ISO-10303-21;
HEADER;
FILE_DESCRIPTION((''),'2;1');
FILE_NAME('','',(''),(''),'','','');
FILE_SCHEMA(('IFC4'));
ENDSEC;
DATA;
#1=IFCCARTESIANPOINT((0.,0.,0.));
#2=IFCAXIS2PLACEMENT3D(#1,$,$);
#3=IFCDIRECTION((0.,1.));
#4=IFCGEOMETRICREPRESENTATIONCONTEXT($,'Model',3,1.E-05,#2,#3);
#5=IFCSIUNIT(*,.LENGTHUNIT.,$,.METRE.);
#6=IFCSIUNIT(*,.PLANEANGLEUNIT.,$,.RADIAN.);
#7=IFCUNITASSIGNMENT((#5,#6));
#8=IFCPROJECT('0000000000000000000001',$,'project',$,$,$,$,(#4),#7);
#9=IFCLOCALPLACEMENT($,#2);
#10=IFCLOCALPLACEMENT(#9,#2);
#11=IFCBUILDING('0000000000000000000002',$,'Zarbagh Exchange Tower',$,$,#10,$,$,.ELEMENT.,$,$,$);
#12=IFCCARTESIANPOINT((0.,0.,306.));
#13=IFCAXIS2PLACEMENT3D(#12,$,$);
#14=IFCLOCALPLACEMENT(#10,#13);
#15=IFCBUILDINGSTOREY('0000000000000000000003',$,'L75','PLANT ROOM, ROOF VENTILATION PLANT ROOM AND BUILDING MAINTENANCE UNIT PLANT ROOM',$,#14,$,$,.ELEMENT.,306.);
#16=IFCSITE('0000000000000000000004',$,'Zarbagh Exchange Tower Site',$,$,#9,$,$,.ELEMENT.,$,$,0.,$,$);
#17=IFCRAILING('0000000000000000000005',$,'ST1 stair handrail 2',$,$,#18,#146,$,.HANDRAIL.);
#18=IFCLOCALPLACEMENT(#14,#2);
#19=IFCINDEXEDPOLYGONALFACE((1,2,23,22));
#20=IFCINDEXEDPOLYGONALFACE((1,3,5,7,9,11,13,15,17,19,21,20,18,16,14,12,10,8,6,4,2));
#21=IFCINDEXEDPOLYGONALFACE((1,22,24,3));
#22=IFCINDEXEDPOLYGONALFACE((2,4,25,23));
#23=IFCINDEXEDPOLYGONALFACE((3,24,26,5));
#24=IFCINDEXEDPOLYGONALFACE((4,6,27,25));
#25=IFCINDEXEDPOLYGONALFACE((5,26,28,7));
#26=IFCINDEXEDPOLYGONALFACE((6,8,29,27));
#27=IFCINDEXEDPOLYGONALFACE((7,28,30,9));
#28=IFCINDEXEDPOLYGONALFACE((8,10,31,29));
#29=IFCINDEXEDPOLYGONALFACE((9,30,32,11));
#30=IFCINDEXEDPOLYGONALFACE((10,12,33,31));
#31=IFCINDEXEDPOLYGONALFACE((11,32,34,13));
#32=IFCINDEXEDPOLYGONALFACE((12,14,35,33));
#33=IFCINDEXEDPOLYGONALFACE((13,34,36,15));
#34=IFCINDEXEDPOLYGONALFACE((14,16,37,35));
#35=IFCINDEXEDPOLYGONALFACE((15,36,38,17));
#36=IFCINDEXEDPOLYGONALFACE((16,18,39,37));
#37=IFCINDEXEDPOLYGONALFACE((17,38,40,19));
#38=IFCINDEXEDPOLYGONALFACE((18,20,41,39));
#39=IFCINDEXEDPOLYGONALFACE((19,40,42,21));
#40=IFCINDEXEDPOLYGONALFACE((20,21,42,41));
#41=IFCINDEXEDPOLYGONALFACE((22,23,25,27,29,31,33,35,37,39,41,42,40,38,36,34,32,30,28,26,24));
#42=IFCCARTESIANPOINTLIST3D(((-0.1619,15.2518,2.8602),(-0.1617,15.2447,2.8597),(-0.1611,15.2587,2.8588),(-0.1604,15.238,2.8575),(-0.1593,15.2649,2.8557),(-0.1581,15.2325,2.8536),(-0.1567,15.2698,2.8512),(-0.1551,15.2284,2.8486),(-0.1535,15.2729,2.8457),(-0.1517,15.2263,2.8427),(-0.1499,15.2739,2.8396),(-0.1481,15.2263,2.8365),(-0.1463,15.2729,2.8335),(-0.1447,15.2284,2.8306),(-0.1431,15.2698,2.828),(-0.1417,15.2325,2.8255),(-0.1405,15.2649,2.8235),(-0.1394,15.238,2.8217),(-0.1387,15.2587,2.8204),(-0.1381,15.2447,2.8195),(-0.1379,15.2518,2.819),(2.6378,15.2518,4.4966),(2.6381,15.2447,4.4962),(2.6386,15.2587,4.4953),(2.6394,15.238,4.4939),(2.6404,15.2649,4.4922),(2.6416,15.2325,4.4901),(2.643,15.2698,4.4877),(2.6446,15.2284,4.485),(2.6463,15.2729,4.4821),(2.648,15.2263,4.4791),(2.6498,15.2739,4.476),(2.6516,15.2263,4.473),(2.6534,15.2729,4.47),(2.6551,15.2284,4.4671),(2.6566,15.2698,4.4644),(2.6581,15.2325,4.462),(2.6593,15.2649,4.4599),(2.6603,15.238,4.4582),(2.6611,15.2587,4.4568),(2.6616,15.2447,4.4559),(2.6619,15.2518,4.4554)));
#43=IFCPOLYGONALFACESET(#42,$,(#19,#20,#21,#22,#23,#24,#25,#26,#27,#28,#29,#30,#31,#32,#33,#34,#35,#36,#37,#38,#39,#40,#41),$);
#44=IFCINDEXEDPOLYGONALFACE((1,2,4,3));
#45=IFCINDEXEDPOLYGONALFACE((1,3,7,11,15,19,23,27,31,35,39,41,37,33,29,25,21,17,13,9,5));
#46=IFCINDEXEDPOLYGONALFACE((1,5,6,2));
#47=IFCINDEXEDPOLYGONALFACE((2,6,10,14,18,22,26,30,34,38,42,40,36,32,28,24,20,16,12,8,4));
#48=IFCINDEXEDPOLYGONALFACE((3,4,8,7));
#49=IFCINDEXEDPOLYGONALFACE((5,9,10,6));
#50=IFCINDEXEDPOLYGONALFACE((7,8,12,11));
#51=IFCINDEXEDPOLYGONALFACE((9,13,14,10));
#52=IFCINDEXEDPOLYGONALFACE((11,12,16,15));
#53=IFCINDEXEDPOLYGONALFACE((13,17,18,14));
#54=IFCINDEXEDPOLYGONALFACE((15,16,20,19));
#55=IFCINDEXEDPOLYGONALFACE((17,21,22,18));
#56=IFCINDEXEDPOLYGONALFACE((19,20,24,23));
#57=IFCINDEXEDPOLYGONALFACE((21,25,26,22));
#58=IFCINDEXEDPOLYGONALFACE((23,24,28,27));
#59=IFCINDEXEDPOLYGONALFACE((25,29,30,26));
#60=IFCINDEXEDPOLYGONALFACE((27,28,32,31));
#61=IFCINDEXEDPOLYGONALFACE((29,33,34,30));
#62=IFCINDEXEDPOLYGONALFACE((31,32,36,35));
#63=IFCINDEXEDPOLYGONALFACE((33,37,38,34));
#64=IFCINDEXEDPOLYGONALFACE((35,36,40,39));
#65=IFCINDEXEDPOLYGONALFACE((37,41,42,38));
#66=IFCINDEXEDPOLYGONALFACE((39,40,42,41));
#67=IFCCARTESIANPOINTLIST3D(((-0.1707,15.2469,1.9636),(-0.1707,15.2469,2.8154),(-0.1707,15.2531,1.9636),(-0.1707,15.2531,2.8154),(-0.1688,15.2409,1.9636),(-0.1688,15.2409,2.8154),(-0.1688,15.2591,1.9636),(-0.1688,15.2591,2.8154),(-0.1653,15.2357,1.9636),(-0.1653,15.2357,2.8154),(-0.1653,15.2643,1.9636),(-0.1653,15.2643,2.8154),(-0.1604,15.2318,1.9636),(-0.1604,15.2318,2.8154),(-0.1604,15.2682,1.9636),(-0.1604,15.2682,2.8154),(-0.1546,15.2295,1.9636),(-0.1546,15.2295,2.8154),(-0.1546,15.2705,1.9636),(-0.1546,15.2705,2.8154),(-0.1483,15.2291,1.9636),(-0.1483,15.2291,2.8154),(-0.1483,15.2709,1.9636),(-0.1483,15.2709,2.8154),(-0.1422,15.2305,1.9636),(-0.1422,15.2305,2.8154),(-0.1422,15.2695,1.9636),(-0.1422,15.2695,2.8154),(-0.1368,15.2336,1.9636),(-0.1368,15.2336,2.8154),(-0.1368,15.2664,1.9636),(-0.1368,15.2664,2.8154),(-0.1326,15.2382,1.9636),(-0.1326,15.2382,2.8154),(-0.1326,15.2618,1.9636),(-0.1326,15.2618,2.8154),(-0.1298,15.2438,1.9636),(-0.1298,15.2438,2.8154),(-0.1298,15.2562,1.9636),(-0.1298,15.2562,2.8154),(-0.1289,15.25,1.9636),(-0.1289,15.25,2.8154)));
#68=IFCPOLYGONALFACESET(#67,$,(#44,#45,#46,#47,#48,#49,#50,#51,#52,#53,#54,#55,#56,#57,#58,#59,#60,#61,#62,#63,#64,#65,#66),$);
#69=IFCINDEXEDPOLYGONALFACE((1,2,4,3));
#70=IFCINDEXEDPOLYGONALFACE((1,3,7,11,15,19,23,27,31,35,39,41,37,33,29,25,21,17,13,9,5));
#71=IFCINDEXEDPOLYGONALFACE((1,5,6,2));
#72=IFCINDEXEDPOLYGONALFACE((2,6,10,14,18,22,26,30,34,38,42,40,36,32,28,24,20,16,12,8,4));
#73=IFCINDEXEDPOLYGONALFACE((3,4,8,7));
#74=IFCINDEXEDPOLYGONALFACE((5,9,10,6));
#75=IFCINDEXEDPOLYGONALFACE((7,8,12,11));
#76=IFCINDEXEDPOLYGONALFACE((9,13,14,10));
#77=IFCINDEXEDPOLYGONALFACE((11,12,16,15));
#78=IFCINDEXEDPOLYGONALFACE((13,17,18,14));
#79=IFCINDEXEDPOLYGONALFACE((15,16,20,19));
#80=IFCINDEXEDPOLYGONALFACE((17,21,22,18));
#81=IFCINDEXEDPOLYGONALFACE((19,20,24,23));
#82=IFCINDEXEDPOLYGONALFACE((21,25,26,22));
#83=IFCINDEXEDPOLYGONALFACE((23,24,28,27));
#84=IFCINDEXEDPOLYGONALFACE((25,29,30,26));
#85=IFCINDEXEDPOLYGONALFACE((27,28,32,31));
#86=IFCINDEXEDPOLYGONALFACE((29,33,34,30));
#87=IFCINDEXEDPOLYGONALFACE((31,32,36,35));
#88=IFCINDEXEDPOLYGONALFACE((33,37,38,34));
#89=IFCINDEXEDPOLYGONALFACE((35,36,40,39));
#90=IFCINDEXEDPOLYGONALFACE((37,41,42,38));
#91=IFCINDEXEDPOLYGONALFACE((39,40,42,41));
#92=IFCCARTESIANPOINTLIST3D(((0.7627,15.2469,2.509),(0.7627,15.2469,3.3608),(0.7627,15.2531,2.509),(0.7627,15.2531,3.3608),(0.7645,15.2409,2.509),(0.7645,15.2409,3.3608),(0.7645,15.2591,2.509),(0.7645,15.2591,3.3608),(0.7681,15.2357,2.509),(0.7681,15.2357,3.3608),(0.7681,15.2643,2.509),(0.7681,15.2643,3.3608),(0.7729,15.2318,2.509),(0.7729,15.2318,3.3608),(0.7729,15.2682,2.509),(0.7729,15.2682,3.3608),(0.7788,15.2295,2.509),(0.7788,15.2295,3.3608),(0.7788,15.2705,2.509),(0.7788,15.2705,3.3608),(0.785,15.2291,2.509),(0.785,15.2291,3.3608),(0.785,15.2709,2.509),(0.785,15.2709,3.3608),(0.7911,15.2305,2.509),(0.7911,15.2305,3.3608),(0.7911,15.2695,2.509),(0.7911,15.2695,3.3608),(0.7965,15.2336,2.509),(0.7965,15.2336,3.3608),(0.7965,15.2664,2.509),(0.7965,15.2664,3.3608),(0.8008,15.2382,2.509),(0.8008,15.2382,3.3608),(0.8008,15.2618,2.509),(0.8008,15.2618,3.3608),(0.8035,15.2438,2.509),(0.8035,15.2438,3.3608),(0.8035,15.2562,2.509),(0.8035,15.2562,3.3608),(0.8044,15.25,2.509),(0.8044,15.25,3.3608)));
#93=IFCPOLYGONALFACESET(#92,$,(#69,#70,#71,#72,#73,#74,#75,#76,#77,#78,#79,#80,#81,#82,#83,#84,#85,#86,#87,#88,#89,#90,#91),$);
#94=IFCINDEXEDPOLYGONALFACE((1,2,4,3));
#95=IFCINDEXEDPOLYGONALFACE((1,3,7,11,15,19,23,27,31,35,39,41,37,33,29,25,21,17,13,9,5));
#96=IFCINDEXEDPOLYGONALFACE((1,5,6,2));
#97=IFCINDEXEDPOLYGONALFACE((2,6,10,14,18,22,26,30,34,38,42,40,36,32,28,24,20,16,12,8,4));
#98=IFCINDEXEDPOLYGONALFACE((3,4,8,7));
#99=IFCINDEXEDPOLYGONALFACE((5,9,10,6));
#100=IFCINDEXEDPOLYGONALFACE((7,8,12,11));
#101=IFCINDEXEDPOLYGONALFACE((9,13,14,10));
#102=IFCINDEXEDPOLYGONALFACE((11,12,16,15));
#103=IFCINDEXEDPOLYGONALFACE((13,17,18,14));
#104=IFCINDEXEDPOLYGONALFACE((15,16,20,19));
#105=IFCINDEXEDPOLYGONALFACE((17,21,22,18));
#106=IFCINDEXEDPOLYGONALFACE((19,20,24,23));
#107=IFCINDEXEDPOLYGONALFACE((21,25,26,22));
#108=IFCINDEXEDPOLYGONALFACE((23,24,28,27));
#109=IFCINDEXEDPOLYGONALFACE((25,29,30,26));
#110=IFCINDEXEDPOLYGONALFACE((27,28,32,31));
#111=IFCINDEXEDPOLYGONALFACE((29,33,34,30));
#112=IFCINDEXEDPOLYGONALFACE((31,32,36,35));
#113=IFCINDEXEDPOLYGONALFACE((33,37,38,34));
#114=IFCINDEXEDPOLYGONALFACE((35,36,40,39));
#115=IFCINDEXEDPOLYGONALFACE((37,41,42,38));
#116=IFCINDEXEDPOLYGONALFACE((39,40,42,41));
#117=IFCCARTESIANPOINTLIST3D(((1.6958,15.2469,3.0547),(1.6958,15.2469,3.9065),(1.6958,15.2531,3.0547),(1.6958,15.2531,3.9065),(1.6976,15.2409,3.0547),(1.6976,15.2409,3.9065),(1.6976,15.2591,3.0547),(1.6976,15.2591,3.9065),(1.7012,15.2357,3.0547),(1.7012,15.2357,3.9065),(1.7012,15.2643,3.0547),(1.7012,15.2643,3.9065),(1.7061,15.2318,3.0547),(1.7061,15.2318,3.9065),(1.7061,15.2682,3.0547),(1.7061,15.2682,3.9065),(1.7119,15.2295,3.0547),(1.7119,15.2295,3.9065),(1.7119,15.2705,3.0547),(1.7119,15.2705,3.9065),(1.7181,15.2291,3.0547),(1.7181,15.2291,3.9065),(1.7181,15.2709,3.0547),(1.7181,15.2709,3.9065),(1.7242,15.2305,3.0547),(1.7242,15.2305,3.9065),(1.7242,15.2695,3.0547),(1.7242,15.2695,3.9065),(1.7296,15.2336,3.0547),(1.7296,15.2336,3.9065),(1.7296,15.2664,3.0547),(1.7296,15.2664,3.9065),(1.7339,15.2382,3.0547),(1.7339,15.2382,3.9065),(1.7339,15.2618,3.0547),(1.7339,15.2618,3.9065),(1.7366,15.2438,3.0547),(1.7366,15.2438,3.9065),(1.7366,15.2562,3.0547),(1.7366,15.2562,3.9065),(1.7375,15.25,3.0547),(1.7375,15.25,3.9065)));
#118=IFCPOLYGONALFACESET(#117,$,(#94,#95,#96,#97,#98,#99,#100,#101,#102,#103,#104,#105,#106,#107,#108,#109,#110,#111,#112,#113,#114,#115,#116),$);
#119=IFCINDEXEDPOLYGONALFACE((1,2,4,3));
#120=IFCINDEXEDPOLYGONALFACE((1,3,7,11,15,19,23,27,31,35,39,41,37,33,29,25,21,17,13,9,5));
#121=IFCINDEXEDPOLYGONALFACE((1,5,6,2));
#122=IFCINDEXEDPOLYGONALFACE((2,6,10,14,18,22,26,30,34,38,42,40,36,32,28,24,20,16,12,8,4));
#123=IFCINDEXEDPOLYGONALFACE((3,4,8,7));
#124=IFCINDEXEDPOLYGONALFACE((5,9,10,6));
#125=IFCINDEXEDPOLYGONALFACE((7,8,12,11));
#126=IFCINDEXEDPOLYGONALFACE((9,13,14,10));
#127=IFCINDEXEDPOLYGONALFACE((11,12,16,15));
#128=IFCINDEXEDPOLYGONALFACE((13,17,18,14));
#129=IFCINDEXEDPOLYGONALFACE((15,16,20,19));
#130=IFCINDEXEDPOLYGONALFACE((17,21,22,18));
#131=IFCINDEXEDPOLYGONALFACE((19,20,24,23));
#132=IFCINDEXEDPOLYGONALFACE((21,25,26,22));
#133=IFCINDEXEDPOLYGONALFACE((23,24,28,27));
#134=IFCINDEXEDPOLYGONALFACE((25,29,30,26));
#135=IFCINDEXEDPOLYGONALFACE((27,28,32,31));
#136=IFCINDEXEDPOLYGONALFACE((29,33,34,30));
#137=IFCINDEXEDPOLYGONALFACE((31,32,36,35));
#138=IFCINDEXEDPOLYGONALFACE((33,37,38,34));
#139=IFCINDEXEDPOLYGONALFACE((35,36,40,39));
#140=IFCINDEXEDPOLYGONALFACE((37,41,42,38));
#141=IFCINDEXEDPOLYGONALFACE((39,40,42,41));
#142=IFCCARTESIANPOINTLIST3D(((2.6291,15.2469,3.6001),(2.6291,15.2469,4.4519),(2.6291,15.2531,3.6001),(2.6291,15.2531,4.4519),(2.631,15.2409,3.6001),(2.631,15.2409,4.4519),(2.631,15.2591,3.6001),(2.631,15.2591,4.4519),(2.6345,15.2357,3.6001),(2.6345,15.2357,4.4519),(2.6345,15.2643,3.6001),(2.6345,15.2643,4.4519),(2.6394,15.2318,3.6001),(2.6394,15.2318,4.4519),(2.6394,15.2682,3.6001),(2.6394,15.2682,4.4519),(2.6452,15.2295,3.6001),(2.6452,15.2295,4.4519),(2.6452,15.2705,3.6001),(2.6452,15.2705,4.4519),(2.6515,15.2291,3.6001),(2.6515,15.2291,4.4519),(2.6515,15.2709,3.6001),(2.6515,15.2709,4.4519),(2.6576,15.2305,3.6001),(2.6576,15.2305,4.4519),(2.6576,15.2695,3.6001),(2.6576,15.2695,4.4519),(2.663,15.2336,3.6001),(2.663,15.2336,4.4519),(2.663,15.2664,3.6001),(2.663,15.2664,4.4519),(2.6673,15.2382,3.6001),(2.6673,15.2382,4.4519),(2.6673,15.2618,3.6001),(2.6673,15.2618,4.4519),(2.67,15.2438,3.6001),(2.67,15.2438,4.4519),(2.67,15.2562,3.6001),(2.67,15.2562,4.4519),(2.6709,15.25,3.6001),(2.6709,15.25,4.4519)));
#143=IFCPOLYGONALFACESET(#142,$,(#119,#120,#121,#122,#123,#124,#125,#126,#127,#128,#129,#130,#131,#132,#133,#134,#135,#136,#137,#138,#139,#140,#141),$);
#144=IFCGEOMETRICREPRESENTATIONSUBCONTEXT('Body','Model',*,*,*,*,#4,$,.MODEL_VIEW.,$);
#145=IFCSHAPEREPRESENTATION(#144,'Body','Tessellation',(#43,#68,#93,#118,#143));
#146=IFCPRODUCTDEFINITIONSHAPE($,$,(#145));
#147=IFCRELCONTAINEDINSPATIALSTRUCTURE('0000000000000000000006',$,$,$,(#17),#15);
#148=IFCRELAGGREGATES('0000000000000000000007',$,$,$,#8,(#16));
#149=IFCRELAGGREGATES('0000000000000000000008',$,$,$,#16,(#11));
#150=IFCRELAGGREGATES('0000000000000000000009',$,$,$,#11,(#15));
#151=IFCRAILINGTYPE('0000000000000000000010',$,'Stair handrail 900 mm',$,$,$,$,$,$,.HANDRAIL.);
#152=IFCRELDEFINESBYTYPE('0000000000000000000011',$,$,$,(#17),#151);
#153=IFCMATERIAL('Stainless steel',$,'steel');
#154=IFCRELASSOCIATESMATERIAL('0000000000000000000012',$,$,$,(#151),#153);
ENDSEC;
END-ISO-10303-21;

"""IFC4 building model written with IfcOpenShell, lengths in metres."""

from ifc_helpers import new_model, si_unit, direction, frame, origin, origin_2d, place, context, subcontext, project, spatial, circle, extrude, material, type_object, element, save


model = new_model("IFC4")

# Units and contexts
model_context = context("Model", 3, precision=1e-05, world=origin(), true_north=direction((0.0, 1.0)))
body_context = subcontext(model_context, "Body", "Model", "MODEL_VIEW")
ifc_project = project(units=[si_unit("LENGTHUNIT", "METRE"), si_unit("PLANEANGLEUNIT", "RADIAN")], contexts=[model_context])

# Site, building, storey
site_placement = place(None, origin())
site = spatial("IfcSite", under=ifc_project, at=site_placement, Name="Zarbagh Exchange Tower Site", CompositionType="ELEMENT", RefElevation=0.0)
building_placement = place(site_placement, origin())
building = spatial("IfcBuilding", under=site, at=building_placement, Name="Zarbagh Exchange Tower", CompositionType="ELEMENT")
storey_placement = place(building_placement, frame((0.0, 0.0, 306.0)))
storey = spatial("IfcBuildingStorey", under=building, at=storey_placement, Name="L75", Description="PLANT ROOM, ROOF VENTILATION PLANT ROOM AND BUILDING MAINTENANCE UNIT PLANT ROOM", CompositionType="ELEMENT", Elevation=306.0)

# Shared definitions
ifc_material_1 = material(Name="Stainless steel", Category="steel")

# Railing
railing_type_1 = type_object("IfcRailingType", Name="Stair handrail 900 mm", PredefinedType="HANDRAIL", material=ifc_material_1)
railing_1_placement = place(storey_placement, frame((-0.1499, 15.25, 1.9636)))
element("IfcRailing", 1, at=railing_1_placement, inside=storey, type_object=railing_type_1, Name="ST1 stair handrail 2", PredefinedType="HANDRAIL", context=body_context, shape_type="SweptSolid", body=[
    extrude(circle(Radius=0.0239, at=origin_2d()), frame((0.0, 0.0, 0.876), z_axis=(0.863342, 0.0, 0.50462), x_axis=(0.0, 1.0, 0.0)), (0.0, 0.0, 1.0), 3.2429),
    extrude(circle(Radius=0.021, at=origin_2d()), origin(), (0.0, 0.0, 1.0), 0.8518),
    extrude(circle(Radius=0.021, at=origin_2d()), frame((0.9333, 0.0, 0.5454)), (0.0, 0.0, 1.0), 0.8518),
    extrude(circle(Radius=0.021, at=origin_2d()), frame((1.8665, 0.0, 1.0911)), (0.0, 0.0, 1.0), 0.8518),
    extrude(circle(Radius=0.021, at=origin_2d()), frame((2.7998, 0.0, 1.6365)), (0.0, 0.0, 1.0), 0.8518),
])

save(model, "model.ifc")
